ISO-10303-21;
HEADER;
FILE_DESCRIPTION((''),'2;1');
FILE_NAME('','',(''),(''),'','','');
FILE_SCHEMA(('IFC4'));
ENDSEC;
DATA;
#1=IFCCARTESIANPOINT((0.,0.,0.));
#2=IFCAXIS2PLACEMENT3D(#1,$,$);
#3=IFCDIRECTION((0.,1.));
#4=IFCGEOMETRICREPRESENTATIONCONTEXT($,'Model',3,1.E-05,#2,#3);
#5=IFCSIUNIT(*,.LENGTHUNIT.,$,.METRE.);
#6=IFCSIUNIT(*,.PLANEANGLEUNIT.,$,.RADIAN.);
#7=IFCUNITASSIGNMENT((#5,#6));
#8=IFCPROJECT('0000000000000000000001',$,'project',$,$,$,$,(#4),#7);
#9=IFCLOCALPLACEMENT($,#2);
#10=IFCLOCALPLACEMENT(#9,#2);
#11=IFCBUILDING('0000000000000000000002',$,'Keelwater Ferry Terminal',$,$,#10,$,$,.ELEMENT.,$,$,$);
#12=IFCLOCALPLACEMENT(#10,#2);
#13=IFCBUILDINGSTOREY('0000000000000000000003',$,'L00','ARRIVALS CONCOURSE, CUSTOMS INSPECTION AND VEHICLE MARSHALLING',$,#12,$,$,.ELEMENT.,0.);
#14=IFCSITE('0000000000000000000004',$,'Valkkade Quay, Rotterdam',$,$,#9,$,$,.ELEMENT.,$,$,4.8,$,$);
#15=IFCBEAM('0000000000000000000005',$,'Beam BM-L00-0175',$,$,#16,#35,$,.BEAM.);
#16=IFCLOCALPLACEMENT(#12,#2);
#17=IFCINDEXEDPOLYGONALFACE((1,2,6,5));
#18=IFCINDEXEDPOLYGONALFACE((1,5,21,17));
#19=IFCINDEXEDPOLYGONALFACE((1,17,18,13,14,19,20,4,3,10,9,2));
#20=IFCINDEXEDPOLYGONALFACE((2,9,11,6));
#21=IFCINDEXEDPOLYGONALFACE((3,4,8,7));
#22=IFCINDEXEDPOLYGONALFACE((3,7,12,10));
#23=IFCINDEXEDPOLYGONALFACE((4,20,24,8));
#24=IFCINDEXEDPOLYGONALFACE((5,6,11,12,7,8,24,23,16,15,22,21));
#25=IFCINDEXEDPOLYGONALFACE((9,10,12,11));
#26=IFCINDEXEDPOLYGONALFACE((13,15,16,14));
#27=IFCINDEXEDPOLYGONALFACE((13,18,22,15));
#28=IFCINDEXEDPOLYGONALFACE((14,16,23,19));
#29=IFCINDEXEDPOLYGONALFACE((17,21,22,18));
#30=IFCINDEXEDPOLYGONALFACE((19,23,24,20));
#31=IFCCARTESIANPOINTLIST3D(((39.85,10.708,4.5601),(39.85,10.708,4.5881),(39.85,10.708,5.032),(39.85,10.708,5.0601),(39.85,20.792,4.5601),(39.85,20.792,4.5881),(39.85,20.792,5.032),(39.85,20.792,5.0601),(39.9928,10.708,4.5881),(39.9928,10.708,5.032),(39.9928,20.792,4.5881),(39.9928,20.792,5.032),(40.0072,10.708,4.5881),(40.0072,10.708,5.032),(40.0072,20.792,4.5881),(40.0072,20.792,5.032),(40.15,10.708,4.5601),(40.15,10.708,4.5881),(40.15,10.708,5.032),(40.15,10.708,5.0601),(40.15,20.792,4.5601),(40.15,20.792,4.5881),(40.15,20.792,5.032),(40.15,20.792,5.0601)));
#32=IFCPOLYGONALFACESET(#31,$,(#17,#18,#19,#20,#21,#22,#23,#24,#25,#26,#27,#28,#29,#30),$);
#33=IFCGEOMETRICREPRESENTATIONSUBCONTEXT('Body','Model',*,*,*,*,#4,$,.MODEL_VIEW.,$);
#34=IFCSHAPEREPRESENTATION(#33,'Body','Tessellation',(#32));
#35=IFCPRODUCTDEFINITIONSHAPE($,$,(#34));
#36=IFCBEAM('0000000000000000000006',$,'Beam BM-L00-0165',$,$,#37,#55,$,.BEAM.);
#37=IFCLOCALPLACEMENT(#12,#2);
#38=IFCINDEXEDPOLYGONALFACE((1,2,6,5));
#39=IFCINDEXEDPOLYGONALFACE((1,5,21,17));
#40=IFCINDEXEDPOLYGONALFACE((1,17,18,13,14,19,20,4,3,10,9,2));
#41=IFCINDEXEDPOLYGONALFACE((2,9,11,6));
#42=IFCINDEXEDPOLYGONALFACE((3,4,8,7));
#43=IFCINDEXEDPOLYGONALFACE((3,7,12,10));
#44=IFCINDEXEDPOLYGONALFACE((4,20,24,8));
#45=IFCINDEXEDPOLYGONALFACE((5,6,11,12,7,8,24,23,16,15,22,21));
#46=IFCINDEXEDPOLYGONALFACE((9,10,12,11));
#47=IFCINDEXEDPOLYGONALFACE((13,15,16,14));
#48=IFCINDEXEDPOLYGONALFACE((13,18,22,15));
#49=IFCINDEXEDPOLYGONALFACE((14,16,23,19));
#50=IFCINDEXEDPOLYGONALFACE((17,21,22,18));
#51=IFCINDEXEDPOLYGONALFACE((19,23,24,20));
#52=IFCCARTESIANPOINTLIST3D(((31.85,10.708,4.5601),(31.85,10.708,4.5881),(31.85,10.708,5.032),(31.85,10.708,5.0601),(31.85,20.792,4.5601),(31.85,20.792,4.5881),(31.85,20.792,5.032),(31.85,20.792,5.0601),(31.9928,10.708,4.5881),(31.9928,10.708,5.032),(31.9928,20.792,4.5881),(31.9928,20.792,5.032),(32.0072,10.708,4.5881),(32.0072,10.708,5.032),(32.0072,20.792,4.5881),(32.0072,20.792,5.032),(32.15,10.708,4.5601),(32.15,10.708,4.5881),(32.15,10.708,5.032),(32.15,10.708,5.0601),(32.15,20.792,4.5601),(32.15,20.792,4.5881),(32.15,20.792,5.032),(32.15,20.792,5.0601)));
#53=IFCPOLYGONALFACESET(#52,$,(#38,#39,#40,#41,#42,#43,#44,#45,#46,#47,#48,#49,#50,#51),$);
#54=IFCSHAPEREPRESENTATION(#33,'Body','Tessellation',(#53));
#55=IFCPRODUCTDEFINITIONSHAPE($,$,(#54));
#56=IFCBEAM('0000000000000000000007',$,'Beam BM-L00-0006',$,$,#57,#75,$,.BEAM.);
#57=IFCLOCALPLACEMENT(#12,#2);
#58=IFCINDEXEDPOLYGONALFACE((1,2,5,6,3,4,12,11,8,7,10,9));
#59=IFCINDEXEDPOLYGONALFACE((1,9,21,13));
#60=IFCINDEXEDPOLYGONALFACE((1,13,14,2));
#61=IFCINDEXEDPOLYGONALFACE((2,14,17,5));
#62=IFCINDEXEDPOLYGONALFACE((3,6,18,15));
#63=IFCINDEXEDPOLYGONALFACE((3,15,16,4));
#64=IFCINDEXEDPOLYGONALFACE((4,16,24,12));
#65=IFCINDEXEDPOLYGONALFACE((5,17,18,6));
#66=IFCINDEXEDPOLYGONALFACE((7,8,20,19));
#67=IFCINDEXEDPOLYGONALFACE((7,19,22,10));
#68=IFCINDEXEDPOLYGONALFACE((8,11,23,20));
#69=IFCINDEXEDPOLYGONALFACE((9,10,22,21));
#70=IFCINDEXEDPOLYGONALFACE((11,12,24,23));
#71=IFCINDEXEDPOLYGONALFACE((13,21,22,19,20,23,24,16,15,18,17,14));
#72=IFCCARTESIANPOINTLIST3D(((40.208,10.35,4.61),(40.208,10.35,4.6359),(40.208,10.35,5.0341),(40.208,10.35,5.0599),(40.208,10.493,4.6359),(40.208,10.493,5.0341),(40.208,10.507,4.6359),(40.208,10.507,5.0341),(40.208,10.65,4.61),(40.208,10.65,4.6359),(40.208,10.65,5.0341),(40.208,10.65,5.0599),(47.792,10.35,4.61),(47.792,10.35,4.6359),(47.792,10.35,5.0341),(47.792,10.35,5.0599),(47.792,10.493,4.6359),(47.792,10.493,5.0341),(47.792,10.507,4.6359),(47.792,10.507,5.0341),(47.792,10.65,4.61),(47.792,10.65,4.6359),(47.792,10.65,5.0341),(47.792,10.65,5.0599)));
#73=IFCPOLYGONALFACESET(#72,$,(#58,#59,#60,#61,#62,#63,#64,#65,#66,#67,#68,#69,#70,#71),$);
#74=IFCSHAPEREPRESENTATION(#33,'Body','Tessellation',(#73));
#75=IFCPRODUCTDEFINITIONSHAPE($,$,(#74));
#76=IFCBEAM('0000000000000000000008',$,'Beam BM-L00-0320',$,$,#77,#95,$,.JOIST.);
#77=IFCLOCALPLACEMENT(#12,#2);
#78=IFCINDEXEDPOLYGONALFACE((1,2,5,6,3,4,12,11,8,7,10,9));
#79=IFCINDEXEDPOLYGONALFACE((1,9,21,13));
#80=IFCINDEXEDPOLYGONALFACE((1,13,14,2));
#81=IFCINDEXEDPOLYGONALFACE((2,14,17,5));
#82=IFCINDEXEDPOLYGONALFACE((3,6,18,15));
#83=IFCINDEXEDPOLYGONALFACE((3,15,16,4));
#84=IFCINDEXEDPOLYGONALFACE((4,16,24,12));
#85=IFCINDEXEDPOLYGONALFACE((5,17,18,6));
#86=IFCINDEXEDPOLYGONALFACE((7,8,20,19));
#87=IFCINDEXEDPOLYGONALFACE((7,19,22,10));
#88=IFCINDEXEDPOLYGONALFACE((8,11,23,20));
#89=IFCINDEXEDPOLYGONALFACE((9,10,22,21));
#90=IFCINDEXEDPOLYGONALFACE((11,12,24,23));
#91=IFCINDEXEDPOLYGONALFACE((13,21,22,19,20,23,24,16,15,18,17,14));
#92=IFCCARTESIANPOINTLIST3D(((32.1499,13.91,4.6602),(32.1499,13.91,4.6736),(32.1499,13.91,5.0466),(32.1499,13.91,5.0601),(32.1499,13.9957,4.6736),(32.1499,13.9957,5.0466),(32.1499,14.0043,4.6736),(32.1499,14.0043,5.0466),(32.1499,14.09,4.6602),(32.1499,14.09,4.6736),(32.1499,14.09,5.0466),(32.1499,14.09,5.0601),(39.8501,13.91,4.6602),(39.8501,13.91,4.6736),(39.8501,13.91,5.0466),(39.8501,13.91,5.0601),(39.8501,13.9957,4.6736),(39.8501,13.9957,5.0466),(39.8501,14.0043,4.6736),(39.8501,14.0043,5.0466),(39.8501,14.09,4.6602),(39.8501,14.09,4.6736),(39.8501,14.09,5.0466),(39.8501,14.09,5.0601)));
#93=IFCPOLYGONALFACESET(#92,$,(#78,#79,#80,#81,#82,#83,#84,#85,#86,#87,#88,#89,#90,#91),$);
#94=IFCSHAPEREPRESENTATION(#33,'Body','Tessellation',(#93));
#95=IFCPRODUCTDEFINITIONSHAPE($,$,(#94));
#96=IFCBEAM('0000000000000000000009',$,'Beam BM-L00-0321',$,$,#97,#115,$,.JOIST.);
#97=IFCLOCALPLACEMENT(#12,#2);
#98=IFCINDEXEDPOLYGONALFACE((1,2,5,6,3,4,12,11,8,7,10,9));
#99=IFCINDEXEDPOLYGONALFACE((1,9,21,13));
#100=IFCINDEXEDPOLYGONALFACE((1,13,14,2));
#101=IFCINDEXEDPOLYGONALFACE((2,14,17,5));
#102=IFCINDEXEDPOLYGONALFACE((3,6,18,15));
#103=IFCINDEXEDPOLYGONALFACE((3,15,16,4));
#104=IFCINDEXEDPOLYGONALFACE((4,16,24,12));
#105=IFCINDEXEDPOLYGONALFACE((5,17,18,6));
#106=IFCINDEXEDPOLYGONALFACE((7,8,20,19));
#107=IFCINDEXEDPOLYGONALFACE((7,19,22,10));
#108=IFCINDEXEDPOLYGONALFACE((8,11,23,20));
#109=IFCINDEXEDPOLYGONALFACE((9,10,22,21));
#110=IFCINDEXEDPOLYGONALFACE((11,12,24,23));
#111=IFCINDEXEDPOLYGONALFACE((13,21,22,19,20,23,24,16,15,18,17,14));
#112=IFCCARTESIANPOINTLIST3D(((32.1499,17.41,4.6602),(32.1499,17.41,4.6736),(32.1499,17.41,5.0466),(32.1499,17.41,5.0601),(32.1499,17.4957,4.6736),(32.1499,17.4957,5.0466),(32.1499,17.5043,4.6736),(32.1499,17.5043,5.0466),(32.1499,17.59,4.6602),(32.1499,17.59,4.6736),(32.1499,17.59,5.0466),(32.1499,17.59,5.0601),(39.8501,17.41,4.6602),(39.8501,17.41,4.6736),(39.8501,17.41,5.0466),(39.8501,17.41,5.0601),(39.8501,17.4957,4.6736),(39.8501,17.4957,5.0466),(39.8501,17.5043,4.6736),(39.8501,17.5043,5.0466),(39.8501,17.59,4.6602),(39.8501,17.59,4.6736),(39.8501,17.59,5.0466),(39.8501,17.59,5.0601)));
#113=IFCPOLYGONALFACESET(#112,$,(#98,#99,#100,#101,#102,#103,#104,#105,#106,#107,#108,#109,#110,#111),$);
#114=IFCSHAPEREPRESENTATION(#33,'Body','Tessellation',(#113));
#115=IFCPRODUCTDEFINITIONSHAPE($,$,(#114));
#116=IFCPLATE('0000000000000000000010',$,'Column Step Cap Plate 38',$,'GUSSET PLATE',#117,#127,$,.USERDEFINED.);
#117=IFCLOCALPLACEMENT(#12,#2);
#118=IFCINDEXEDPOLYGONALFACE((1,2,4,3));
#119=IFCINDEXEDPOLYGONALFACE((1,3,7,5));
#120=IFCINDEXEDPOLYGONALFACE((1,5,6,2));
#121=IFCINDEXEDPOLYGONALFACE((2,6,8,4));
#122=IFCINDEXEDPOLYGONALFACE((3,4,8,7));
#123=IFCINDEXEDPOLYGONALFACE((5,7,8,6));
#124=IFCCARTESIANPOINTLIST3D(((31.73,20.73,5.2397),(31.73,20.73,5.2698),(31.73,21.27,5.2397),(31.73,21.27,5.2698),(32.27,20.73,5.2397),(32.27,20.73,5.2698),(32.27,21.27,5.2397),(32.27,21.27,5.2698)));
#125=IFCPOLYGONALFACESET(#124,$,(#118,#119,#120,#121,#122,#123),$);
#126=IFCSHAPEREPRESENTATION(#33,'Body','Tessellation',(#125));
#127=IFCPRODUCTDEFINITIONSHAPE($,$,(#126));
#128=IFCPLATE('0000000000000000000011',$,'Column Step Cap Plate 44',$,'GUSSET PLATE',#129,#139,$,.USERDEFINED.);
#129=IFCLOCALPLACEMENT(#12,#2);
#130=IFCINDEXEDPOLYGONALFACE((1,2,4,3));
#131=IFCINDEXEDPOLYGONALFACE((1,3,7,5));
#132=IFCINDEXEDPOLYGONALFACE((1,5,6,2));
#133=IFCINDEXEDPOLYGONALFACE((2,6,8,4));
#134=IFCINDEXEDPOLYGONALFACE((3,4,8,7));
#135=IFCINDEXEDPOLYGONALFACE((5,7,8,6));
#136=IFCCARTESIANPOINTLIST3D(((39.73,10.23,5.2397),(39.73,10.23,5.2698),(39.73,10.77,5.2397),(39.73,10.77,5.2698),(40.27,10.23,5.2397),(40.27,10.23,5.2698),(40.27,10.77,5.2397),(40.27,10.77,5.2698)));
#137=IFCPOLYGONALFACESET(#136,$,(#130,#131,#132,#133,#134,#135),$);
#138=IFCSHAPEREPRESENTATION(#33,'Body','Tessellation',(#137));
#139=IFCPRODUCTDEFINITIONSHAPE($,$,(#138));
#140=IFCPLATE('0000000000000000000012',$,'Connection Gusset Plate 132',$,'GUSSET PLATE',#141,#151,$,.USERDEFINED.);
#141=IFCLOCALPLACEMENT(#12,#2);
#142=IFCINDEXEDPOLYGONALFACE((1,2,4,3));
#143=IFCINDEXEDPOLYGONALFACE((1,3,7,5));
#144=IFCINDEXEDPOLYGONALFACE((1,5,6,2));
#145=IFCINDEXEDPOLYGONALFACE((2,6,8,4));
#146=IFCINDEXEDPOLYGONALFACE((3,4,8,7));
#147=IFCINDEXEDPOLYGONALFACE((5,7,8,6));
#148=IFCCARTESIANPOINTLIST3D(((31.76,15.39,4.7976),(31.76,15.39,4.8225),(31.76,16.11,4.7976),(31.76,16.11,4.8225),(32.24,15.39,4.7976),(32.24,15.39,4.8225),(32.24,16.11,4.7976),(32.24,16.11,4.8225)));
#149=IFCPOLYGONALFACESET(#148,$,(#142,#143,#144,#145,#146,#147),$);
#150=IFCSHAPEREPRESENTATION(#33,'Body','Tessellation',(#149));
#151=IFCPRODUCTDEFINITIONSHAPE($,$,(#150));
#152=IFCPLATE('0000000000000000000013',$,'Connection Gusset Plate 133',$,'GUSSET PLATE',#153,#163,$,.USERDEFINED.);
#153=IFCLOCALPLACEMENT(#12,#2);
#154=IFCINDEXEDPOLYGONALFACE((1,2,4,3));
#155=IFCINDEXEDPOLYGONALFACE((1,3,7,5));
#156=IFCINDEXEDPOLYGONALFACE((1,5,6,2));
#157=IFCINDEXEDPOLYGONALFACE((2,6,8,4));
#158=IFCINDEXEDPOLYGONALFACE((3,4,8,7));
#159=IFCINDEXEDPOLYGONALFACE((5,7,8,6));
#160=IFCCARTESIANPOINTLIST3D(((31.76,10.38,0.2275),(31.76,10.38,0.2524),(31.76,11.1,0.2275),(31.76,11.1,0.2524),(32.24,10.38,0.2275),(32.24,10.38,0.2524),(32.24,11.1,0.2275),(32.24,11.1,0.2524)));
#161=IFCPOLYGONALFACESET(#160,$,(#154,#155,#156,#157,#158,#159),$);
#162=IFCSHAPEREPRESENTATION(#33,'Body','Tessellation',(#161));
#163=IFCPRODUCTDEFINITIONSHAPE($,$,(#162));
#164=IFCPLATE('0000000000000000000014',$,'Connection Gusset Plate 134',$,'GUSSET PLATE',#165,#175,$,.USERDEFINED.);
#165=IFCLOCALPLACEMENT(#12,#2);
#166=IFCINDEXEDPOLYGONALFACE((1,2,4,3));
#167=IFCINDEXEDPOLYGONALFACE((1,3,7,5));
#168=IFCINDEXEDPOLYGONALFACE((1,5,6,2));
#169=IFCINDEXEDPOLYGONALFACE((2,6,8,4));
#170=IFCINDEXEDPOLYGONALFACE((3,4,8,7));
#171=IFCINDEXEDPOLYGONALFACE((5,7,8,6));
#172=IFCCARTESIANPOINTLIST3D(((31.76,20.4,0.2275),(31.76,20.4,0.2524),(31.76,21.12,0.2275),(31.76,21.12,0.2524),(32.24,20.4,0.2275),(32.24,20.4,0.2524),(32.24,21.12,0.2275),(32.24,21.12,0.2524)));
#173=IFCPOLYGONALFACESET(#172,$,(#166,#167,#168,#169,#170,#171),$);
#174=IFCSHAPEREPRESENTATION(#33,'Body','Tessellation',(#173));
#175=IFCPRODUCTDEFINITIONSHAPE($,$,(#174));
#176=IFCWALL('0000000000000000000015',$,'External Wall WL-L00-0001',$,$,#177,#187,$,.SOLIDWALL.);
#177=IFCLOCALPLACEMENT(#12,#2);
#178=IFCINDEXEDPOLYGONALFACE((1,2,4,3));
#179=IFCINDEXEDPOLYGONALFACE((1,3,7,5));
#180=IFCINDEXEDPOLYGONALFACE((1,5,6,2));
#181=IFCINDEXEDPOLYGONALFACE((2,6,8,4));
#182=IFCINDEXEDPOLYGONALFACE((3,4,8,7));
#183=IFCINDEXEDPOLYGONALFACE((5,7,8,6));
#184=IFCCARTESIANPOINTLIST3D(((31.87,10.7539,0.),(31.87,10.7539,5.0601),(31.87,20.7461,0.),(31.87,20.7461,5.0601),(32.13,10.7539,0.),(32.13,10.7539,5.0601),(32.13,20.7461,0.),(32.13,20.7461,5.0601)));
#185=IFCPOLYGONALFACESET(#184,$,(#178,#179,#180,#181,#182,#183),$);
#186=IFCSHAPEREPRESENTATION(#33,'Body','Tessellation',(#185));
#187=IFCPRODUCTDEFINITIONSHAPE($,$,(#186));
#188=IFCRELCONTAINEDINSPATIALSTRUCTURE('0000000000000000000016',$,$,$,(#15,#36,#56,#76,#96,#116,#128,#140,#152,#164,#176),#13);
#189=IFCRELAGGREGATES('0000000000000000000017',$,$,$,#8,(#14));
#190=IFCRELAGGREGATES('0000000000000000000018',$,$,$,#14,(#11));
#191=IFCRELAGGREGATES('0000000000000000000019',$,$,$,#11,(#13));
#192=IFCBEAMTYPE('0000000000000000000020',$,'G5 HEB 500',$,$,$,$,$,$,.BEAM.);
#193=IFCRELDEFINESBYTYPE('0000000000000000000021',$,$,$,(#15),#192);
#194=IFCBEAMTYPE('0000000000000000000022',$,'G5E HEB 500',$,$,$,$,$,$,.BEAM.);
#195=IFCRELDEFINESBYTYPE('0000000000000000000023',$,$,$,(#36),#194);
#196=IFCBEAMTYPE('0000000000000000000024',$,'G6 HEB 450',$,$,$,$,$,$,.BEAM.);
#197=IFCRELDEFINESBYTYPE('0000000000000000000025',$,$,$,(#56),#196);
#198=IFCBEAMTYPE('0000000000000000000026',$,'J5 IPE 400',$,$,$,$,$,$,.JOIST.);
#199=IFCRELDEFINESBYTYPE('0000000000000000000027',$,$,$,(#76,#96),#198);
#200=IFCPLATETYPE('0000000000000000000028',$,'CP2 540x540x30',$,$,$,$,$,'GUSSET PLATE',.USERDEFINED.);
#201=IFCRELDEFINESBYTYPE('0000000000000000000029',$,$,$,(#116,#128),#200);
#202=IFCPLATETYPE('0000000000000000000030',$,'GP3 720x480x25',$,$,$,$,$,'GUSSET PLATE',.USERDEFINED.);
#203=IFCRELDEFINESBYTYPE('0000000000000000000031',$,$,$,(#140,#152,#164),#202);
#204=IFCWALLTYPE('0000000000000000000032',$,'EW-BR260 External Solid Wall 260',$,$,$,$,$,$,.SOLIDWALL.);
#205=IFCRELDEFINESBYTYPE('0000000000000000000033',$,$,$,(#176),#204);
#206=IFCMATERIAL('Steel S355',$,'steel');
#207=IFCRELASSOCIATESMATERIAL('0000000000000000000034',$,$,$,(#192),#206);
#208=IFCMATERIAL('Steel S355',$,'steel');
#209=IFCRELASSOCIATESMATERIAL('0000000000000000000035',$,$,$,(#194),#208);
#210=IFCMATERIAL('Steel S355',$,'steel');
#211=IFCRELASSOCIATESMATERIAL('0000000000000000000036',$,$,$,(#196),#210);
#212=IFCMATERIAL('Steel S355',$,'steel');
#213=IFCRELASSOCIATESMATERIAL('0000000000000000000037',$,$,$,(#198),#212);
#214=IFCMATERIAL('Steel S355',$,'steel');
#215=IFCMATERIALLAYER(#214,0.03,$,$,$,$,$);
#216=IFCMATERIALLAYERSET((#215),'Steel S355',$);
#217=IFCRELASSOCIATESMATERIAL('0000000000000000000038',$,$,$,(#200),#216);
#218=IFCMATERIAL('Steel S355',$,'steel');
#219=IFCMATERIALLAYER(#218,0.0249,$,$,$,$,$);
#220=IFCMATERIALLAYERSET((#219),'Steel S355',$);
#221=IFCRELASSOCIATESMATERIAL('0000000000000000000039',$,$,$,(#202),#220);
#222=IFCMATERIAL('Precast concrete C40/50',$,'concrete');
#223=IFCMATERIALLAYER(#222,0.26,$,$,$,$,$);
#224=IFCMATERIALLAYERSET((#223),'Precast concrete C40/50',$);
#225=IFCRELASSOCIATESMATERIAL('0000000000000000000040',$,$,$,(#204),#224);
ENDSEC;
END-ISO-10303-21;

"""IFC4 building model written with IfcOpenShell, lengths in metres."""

from ifc_helpers import new_model, si_unit, direction, frame, frame_2d, origin, origin_2d, place, context, subcontext, project, spatial, rectangle, i_section, extrude, material, layer, layer_set, material_profile, profile_set, type_object, element, save


model = new_model("IFC4")

# Units and contexts
model_context = context("Model", 3, precision=1e-05, world=origin(), true_north=direction((0.0, 1.0)))
body_context = subcontext(model_context, "Body", "Model", "MODEL_VIEW")
ifc_project = project(units=[si_unit("LENGTHUNIT", "METRE"), si_unit("PLANEANGLEUNIT", "RADIAN")], contexts=[model_context])

# Site, building, storey
site_placement = place(None, origin())
site = spatial("IfcSite", under=ifc_project, at=site_placement, Name="Valkkade Quay, Rotterdam", CompositionType="ELEMENT", RefElevation=4.8)
building_placement = place(site_placement, origin())
building = spatial("IfcBuilding", under=site, at=building_placement, Name="Keelwater Ferry Terminal", CompositionType="ELEMENT")
storey_placement = place(building_placement, origin())
storey = spatial("IfcBuildingStorey", under=building, at=storey_placement, Name="L00", Description="ARRIVALS CONCOURSE, CUSTOMS INSPECTION AND VEHICLE MARSHALLING", CompositionType="ELEMENT", Elevation=0.0)

# Beams
ifc_material_1 = material(Name="Steel S355", Category="steel")
ifc_material_profile_1 = material_profile(ifc_material_1, i_section(OverallWidth=0.3, OverallDepth=0.5, WebThickness=0.0144, FlangeThickness=0.0281, at=origin_2d()), Name="HEB 500")
ifc_profile_set_1 = profile_set([ifc_material_profile_1], Name="Steel S355")
beam_type_1 = type_object("IfcBeamType", Name="G5 HEB 500", PredefinedType="BEAM", material=ifc_profile_set_1)
beam_1_placement = place(storey_placement, frame((40.0, 10.708, 4.8101), z_axis=(0.0, 1.0, 0.0), x_axis=(-1.0, 0.0, 0.0)))
element("IfcBeam", 1, at=beam_1_placement, inside=storey, type_object=beam_type_1, Name="Beam BM-L00-0175", PredefinedType="BEAM", context=body_context, shape_type="SweptSolid", body=[
    extrude(i_section(OverallWidth=0.3, OverallDepth=0.5, WebThickness=0.0144, FlangeThickness=0.0281, at=origin_2d()), origin(), (0.0, 0.0, 1.0), 10.084),
])
ifc_material_2 = material(Name="Steel S355", Category="steel")
ifc_material_profile_2 = material_profile(ifc_material_2, i_section(OverallWidth=0.3, OverallDepth=0.5, WebThickness=0.0144, FlangeThickness=0.0281, at=origin_2d()), Name="HEB 500")
ifc_profile_set_2 = profile_set([ifc_material_profile_2], Name="Steel S355")
beam_type_2 = type_object("IfcBeamType", Name="G5E HEB 500", PredefinedType="BEAM", material=ifc_profile_set_2)
beam_2_placement = place(storey_placement, frame((32.0, 10.708, 4.8101), z_axis=(0.0, 1.0, 0.0), x_axis=(-1.0, 0.0, 0.0)))
element("IfcBeam", 2, at=beam_2_placement, inside=storey, type_object=beam_type_2, Name="Beam BM-L00-0165", PredefinedType="BEAM", context=body_context, shape_type="SweptSolid", body=[
    extrude(i_section(OverallWidth=0.3, OverallDepth=0.5, WebThickness=0.0144, FlangeThickness=0.0281, at=origin_2d()), origin(), (0.0, 0.0, 1.0), 10.084),
])
ifc_material_3 = material(Name="Steel S355", Category="steel")
ifc_material_profile_3 = material_profile(ifc_material_3, i_section(OverallWidth=0.3, OverallDepth=0.45, WebThickness=0.0139, FlangeThickness=0.0259, at=origin_2d()), Name="HEB 450")
ifc_profile_set_3 = profile_set([ifc_material_profile_3], Name="Steel S355")
beam_type_3 = type_object("IfcBeamType", Name="G6 HEB 450", PredefinedType="BEAM", material=ifc_profile_set_3)
beam_3_placement = place(storey_placement, frame((40.208, 10.5, 4.835), z_axis=(1.0, 0.0, 0.0), x_axis=(0.0, 1.0, 0.0)))
element("IfcBeam", 3, at=beam_3_placement, inside=storey, type_object=beam_type_3, Name="Beam BM-L00-0006", PredefinedType="BEAM", context=body_context, shape_type="SweptSolid", body=[
    extrude(i_section(OverallWidth=0.3, OverallDepth=0.45, WebThickness=0.0139, FlangeThickness=0.0259, at=origin_2d()), origin(), (0.0, 0.0, 1.0), 7.584),
])
ifc_material_4 = material(Name="Steel S355", Category="steel")
ifc_material_profile_4 = material_profile(ifc_material_4, i_section(OverallWidth=0.1799, OverallDepth=0.3999, WebThickness=0.0085, FlangeThickness=0.0134, at=origin_2d()), Name="IPE 400")
ifc_profile_set_4 = profile_set([ifc_material_profile_4], Name="Steel S355")
beam_type_4 = type_object("IfcBeamType", Name="J5 IPE 400", PredefinedType="JOIST", material=ifc_profile_set_4)
for number, where, z_axis, x_axis, name in (
    (4, (32.1499, 14.0, 4.8601), (1.0, 0.0, 0.0), (0.0, 1.0, 0.0), "Beam BM-L00-0320"),
    (5, (32.1499, 17.5, 4.8601), (1.0, 0.0, 0.0), (0.0, 1.0, 0.0), "Beam BM-L00-0321"),
):
    element("IfcBeam", number, at=place(storey_placement, frame(where, z_axis=z_axis, x_axis=x_axis)), inside=storey, type_object=beam_type_4, Name=name, PredefinedType="JOIST", context=body_context, shape_type="SweptSolid", body=[
        extrude(i_section(OverallWidth=0.1799, OverallDepth=0.3999, WebThickness=0.0085, FlangeThickness=0.0134, at=origin_2d()), origin(), (0.0, 0.0, 1.0), 7.7002),
    ])

# Plates
ifc_material_5 = material(Name="Steel S355", Category="steel")
ifc_layer_1 = layer(ifc_material_5, 0.03)
ifc_layer_set_1 = layer_set([ifc_layer_1], Name="Steel S355")
plate_type_1 = type_object("IfcPlateType", Name="CP2 540x540x30", ElementType="GUSSET PLATE", PredefinedType="USERDEFINED", material=ifc_layer_set_1)
for number, where, z_axis, x_axis, name in (
    (6, (32.0, 21.0, 5.2397), (0.0, 0.0, 1.0), (1.0, 0.0, 0.0), "Column Step Cap Plate 38"),
    (7, (40.0, 10.5, 5.2397), (0.0, 0.0, 1.0), (1.0, 0.0, 0.0), "Column Step Cap Plate 44"),
):
    element("IfcPlate", number, at=place(storey_placement, frame(where, z_axis=z_axis, x_axis=x_axis)), inside=storey, type_object=plate_type_1, Name=name, ObjectType="GUSSET PLATE", PredefinedType="USERDEFINED", context=body_context, shape_type="SweptSolid", body=[
        extrude(rectangle(XDim=0.54, YDim=0.54, at=origin_2d()), origin(), (0.0, 0.0, 1.0), 0.03),
    ])
ifc_material_6 = material(Name="Steel S355", Category="steel")
ifc_layer_2 = layer(ifc_material_6, 0.0249)
ifc_layer_set_2 = layer_set([ifc_layer_2], Name="Steel S355")
plate_type_2 = type_object("IfcPlateType", Name="GP3 720x480x25", ElementType="GUSSET PLATE", PredefinedType="USERDEFINED", material=ifc_layer_set_2)
for number, where, z_axis, x_axis, name in (
    (8, (32.0, 15.75, 4.7976), (0.0, 0.0, 1.0), (0.0, 1.0, 0.0), "Connection Gusset Plate 132"),
    (9, (32.0, 10.74, 0.2275), (0.0, 0.0, 1.0), (0.0, 1.0, 0.0), "Connection Gusset Plate 133"),
    (10, (32.0, 20.76, 0.2275), (0.0, 0.0, 1.0), (0.0, 1.0, 0.0), "Connection Gusset Plate 134"),
):
    element("IfcPlate", number, at=place(storey_placement, frame(where, z_axis=z_axis, x_axis=x_axis)), inside=storey, type_object=plate_type_2, Name=name, ObjectType="GUSSET PLATE", PredefinedType="USERDEFINED", context=body_context, shape_type="SweptSolid", body=[
        extrude(rectangle(XDim=0.72, YDim=0.48, at=origin_2d()), origin(), (0.0, 0.0, 1.0), 0.0249),
    ])

# Wall
ifc_material_7 = material(Name="Precast concrete C40/50", Category="concrete")
ifc_layer_3 = layer(ifc_material_7, 0.26)
ifc_layer_set_3 = layer_set([ifc_layer_3], Name="Precast concrete C40/50")
wall_type = type_object("IfcWallType", Name="EW-BR260 External Solid Wall 260", PredefinedType="SOLIDWALL", material=ifc_layer_set_3)
wall_placement = place(storey_placement, frame((32.0, 10.7539, 0.0), z_axis=(0.0, 0.0, 1.0), x_axis=(0.0, 1.0, 0.0)))
element("IfcWall", 11, at=wall_placement, inside=storey, type_object=wall_type, Name="External Wall WL-L00-0001", PredefinedType="SOLIDWALL", context=body_context, shape_type="SweptSolid", body=[
    extrude(rectangle(XDim=9.9922, YDim=0.26, at=frame_2d((4.9961, 0.0))), origin(), (0.0, 0.0, 1.0), 5.0601),
])

save(model, "model.ifc")
